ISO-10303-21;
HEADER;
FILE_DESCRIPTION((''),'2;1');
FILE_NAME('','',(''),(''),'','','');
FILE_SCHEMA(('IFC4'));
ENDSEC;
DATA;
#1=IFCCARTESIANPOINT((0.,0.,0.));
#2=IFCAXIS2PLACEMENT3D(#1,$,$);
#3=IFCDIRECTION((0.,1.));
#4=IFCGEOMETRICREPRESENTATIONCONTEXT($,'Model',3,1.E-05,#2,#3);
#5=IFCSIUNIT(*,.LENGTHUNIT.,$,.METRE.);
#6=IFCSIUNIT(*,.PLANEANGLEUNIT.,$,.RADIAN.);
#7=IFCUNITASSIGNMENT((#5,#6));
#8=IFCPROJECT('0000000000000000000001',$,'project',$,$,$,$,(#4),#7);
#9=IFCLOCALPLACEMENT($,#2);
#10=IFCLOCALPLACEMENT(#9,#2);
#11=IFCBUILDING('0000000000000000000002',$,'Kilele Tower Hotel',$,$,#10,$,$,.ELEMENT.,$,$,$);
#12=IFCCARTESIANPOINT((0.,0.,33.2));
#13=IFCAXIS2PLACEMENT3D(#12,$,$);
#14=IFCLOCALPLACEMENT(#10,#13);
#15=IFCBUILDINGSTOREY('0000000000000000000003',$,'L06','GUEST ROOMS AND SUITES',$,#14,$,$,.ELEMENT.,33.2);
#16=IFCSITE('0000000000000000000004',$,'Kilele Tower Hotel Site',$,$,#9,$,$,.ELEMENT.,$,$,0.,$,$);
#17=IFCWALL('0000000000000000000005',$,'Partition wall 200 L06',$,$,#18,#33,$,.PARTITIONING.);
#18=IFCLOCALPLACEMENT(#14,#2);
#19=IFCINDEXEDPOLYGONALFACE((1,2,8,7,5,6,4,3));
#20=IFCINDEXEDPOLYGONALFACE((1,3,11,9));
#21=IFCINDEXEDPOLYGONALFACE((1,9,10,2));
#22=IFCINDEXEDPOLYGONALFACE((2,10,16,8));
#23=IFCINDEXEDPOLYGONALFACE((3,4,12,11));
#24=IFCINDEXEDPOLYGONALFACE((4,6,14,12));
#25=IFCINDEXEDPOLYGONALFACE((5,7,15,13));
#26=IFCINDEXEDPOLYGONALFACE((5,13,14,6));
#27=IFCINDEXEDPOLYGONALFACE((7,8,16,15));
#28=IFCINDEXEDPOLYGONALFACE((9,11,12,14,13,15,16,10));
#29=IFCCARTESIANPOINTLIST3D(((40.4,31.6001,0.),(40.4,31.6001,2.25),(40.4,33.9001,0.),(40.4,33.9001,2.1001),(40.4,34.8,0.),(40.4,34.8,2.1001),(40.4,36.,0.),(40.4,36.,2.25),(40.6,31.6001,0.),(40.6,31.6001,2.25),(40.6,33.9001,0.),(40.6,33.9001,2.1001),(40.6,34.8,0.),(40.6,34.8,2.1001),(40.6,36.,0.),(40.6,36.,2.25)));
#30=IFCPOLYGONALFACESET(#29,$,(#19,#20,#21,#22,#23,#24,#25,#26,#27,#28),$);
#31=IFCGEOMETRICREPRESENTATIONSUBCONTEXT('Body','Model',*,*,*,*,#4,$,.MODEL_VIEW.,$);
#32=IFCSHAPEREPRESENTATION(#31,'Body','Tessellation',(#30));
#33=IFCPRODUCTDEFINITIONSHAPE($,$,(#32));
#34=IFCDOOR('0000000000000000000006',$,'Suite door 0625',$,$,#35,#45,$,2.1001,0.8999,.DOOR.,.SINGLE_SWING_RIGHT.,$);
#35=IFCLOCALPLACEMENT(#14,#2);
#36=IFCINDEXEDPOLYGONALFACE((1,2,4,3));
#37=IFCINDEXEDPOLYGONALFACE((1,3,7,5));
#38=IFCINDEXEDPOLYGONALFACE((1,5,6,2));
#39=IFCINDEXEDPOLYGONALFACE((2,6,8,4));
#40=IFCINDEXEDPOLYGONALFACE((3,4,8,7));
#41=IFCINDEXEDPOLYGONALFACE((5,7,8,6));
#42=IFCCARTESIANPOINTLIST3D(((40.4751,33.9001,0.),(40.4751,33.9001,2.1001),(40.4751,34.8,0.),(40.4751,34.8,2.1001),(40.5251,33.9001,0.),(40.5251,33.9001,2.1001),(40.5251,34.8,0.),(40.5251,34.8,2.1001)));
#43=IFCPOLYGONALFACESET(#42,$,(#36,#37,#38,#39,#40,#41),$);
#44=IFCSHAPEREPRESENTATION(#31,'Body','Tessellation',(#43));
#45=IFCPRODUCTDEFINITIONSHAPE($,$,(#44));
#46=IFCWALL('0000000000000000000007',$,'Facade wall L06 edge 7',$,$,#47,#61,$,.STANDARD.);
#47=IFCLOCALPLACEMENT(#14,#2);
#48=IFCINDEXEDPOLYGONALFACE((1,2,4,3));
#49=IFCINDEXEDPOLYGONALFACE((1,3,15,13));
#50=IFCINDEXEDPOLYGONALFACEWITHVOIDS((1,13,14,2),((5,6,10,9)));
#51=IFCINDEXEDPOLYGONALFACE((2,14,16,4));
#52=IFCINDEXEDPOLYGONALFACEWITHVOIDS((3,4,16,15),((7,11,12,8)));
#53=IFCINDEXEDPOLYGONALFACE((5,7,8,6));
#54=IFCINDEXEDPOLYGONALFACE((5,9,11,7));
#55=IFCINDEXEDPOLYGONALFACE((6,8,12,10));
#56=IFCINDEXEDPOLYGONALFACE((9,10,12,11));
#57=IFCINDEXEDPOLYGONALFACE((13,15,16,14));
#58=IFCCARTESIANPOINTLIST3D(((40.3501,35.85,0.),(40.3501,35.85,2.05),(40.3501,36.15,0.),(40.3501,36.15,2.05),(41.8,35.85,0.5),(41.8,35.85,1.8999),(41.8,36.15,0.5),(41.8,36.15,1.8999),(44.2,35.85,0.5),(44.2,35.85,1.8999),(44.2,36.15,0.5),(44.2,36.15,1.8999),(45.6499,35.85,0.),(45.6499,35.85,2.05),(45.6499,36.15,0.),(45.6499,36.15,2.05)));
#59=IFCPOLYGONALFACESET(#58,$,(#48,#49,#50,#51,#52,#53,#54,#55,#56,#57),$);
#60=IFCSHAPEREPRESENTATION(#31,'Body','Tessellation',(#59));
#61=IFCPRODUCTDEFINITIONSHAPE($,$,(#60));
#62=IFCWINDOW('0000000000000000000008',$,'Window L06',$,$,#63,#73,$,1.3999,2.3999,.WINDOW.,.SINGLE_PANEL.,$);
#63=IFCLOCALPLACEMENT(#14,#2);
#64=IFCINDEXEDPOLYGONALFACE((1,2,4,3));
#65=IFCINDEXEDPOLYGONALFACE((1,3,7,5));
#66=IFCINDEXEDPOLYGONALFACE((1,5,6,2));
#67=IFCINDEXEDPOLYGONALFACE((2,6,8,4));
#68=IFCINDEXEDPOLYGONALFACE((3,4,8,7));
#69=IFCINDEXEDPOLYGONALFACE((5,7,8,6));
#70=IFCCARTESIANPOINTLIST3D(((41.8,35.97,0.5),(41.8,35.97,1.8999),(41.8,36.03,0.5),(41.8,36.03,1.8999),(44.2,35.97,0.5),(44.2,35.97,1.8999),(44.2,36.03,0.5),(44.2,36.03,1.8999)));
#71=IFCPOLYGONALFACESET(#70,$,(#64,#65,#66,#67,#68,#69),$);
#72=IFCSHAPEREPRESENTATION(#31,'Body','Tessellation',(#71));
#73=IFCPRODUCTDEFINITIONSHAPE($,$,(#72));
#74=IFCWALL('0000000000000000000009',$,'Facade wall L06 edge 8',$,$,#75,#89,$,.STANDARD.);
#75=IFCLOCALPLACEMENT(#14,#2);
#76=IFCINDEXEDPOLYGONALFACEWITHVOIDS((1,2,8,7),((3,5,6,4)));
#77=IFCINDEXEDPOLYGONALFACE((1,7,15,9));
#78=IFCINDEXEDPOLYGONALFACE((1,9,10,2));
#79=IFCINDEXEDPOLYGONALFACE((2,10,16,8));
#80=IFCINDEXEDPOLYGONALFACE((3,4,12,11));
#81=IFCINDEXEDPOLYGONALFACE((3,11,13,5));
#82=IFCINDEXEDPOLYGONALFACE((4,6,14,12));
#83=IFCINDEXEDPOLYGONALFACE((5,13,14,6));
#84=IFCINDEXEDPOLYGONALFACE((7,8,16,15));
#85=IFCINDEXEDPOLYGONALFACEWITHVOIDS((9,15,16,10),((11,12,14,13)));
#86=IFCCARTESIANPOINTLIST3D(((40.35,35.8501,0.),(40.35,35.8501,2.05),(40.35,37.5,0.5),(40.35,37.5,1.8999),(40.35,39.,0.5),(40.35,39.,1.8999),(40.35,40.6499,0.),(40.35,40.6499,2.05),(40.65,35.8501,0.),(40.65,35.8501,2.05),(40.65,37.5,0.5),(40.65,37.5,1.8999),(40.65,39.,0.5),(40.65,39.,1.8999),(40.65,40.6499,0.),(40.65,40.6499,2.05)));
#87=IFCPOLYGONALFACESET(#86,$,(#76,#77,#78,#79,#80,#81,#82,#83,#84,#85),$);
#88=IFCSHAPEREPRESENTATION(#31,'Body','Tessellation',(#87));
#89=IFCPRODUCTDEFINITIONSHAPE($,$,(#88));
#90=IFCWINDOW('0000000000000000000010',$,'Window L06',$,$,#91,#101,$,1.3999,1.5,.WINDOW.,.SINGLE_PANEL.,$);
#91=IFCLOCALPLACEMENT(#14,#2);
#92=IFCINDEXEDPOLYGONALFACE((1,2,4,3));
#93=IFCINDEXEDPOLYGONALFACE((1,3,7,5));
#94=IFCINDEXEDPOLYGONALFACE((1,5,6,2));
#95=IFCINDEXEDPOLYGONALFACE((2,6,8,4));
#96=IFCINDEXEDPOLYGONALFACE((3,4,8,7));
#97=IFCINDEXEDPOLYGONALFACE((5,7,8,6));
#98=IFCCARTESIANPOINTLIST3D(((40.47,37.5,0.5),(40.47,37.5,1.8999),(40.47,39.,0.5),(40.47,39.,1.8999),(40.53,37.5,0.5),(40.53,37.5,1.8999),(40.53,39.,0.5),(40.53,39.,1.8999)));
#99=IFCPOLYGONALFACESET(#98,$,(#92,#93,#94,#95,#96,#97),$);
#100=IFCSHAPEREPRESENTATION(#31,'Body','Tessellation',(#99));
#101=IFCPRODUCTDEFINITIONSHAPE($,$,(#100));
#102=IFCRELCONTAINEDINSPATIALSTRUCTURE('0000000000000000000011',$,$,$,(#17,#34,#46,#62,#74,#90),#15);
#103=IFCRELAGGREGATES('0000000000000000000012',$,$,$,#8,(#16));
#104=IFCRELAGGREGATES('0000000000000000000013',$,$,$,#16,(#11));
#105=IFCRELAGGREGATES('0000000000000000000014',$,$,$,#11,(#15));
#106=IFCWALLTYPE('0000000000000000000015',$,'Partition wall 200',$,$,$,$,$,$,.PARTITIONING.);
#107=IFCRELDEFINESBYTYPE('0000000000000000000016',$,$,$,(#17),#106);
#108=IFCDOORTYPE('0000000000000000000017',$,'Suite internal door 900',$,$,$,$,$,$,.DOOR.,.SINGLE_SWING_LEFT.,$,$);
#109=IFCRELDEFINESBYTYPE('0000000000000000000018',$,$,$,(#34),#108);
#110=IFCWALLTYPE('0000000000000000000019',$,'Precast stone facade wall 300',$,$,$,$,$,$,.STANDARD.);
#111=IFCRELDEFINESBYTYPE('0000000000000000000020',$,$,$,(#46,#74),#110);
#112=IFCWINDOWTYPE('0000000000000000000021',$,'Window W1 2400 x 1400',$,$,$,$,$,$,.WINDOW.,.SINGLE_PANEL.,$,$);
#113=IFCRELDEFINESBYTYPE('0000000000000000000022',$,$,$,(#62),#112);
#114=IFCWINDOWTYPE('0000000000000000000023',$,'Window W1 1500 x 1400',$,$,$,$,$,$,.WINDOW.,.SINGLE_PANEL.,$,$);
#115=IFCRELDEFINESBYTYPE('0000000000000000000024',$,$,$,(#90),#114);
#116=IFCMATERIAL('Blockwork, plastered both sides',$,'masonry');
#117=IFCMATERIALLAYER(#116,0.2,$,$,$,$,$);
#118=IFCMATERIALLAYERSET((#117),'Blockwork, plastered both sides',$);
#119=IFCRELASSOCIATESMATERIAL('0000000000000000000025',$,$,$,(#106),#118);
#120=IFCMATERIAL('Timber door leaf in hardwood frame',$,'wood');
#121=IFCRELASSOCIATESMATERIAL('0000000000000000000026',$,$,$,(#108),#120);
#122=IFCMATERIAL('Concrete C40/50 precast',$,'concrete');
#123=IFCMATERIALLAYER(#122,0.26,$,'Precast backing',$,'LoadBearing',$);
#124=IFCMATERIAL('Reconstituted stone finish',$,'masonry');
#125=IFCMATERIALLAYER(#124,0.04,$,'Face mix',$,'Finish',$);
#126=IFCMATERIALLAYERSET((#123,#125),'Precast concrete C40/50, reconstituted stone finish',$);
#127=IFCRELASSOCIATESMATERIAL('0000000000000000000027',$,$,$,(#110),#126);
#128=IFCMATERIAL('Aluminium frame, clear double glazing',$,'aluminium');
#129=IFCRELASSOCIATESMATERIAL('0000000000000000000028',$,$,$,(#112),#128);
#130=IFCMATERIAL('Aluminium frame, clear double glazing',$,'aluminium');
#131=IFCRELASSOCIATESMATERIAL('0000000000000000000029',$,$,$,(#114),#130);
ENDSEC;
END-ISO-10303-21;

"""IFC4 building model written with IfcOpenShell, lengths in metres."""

from ifc_helpers import new_model, si_unit, direction, frame, frame_2d, origin, place, context, subcontext, project, spatial, rectangle, extrude, material, layer, layer_set, type_object, element, fill, save


model = new_model("IFC4")

# Units and contexts
model_context = context("Model", 3, precision=1e-05, world=origin(), true_north=direction((0.0, 1.0)))
body_context = subcontext(model_context, "Body", "Model", "MODEL_VIEW")
ifc_project = project(units=[si_unit("LENGTHUNIT", "METRE"), si_unit("PLANEANGLEUNIT", "RADIAN")], contexts=[model_context])

# Site, building, storey
site_placement = place(None, origin())
site = spatial("IfcSite", under=ifc_project, at=site_placement, Name="Kilele Tower Hotel Site", CompositionType="ELEMENT", RefElevation=0.0)
building_placement = place(site_placement, origin())
building = spatial("IfcBuilding", under=site, at=building_placement, Name="Kilele Tower Hotel", CompositionType="ELEMENT")
storey_placement = place(building_placement, frame((0.0, 0.0, 33.2)))
storey = spatial("IfcBuildingStorey", under=building, at=storey_placement, Name="L06", Description="GUEST ROOMS AND SUITES", CompositionType="ELEMENT", Elevation=33.2)

# Wall, opening, door
ifc_material_1 = material(Name="Blockwork, plastered both sides", Category="masonry")
ifc_layer_1 = layer(ifc_material_1, 0.2)
ifc_layer_set_1 = layer_set([ifc_layer_1], Name="Blockwork, plastered both sides")
wall_type_1 = type_object("IfcWallType", Name="Partition wall 200", PredefinedType="PARTITIONING", material=ifc_layer_set_1)
wall_1_placement = place(storey_placement, frame((40.5, 31.6001, 0.0), z_axis=(0.0, 0.0, 1.0), x_axis=(0.0, 1.0, 0.0)))
wall_1 = element("IfcWall", 1, at=wall_1_placement, inside=storey, type_object=wall_type_1, Name="Partition wall 200 L06", PredefinedType="PARTITIONING", context=body_context, shape_type="SweptSolid", body=[
    extrude(rectangle(XDim=4.3999, YDim=0.2, at=frame_2d((2.2, 0.0))), origin(), (0.0, 0.0, 1.0), 2.25),
])
opening_1_placement = place(wall_1_placement, frame((2.3, 0.0, 0.0)))
opening_1 = element("IfcOpeningElement", 2, at=opening_1_placement, cuts=wall_1, PredefinedType="OPENING", context=body_context, shape_type="SweptSolid", body=[
    extrude(rectangle(XDim=0.8999, YDim=2.1001, at=frame_2d((0.45, 1.05))), frame((0.0, 0.1099, 0.0), z_axis=(0.0, -1.0, 0.0), x_axis=(1.0, 0.0, 0.0)), (0.0, 0.0, 1.0), 0.22),
])
ifc_material_2 = material(Name="Timber door leaf in hardwood frame", Category="wood")
door_type_1 = type_object("IfcDoorType", Name="Suite internal door 900", OperationType="SINGLE_SWING_LEFT", PredefinedType="DOOR", material=ifc_material_2)
door_1_placement = place(opening_1_placement, origin())
door_1 = element("IfcDoor", 3, at=door_1_placement, inside=storey, type_object=door_type_1, Name="Suite door 0625", OperationType="SINGLE_SWING_RIGHT", OverallHeight=2.1001, OverallWidth=0.8999, PredefinedType="DOOR", context=body_context, shape_type="SweptSolid", body=[
    extrude(rectangle(XDim=0.8999, YDim=2.1001, at=frame_2d((0.45, 1.05))), frame((0.0, 0.0249, 0.0), z_axis=(0.0, -1.0, 0.0), x_axis=(1.0, 0.0, 0.0)), (0.0, 0.0, 1.0), 0.05),
])
fill(opening_1, door_1)

# Walls, openings, windows
ifc_material_3 = material(Name="Concrete C40/50 precast", Category="concrete")
ifc_layer_2 = layer(ifc_material_3, 0.26, Name="Precast backing", Category="LoadBearing")
ifc_material_4 = material(Name="Reconstituted stone finish", Category="masonry")
ifc_layer_3 = layer(ifc_material_4, 0.04, Name="Face mix", Category="Finish")
ifc_layer_set_2 = layer_set([ifc_layer_2, ifc_layer_3], Name="Precast concrete C40/50, reconstituted stone finish")
wall_type_2 = type_object("IfcWallType", Name="Precast stone facade wall 300", PredefinedType="STANDARD", material=ifc_layer_set_2)
wall_2_placement = place(storey_placement, frame((45.6499, 36.0, 0.0), z_axis=(0.0, 0.0, 1.0), x_axis=(-1.0, 0.0, 0.0)))
wall_2 = element("IfcWall", 4, at=wall_2_placement, inside=storey, type_object=wall_type_2, Name="Facade wall L06 edge 7", PredefinedType="STANDARD", context=body_context, shape_type="SweptSolid", body=[
    extrude(rectangle(XDim=5.2998, YDim=0.3, at=frame_2d((2.6499, 0.0))), origin(), (0.0, 0.0, 1.0), 2.05),
])
opening_2_placement = place(wall_2_placement, frame((1.45, 0.0, 0.5)))
opening_2 = element("IfcOpeningElement", 5, at=opening_2_placement, cuts=wall_2, PredefinedType="OPENING", context=body_context, shape_type="SweptSolid", body=[
    extrude(rectangle(XDim=2.3999, YDim=1.3999, at=frame_2d((1.2, 0.7))), frame((0.0, 0.1599, 0.0), z_axis=(0.0, -1.0, 0.0), x_axis=(1.0, 0.0, 0.0)), (0.0, 0.0, 1.0), 0.3201),
])
ifc_material_5 = material(Name="Aluminium frame, clear double glazing", Category="aluminium")
window_type_1 = type_object("IfcWindowType", Name="Window W1 2400 x 1400", PartitioningType="SINGLE_PANEL", PredefinedType="WINDOW", material=ifc_material_5)
window_1_placement = place(opening_2_placement, origin())
window_1 = element("IfcWindow", 6, at=window_1_placement, inside=storey, type_object=window_type_1, Name="Window L06", OverallHeight=1.3999, OverallWidth=2.3999, PartitioningType="SINGLE_PANEL", PredefinedType="WINDOW", context=body_context, shape_type="SweptSolid", body=[
    extrude(rectangle(XDim=2.3999, YDim=1.3999, at=frame_2d((1.2, 0.7))), frame((0.0, 0.03, 0.0), z_axis=(0.0, -1.0, 0.0), x_axis=(1.0, 0.0, 0.0)), (0.0, 0.0, 1.0), 0.0601),
])
fill(opening_2, window_1)
wall_3_placement = place(storey_placement, frame((40.5, 35.8501, 0.0), z_axis=(0.0, 0.0, 1.0), x_axis=(0.0, 1.0, 0.0)))
wall_3 = element("IfcWall", 7, at=wall_3_placement, inside=storey, type_object=wall_type_2, Name="Facade wall L06 edge 8", PredefinedType="STANDARD", context=body_context, shape_type="SweptSolid", body=[
    extrude(rectangle(XDim=4.7998, YDim=0.3, at=frame_2d((2.3999, 0.0))), origin(), (0.0, 0.0, 1.0), 2.05),
])
opening_3_placement = place(wall_3_placement, frame((1.6499, 0.0, 0.5)))
opening_3 = element("IfcOpeningElement", 8, at=opening_3_placement, cuts=wall_3, PredefinedType="OPENING", context=body_context, shape_type="SweptSolid", body=[
    extrude(rectangle(XDim=1.5, YDim=1.3999, at=frame_2d((0.75, 0.7))), frame((0.0, 0.1599, 0.0), z_axis=(0.0, -1.0, 0.0), x_axis=(1.0, 0.0, 0.0)), (0.0, 0.0, 1.0), 0.3201),
])
ifc_material_6 = material(Name="Aluminium frame, clear double glazing", Category="aluminium")
window_type_2 = type_object("IfcWindowType", Name="Window W1 1500 x 1400", PartitioningType="SINGLE_PANEL", PredefinedType="WINDOW", material=ifc_material_6)
window_2_placement = place(opening_3_placement, origin())
window_2 = element("IfcWindow", 9, at=window_2_placement, inside=storey, type_object=window_type_2, Name="Window L06", OverallHeight=1.3999, OverallWidth=1.5, PartitioningType="SINGLE_PANEL", PredefinedType="WINDOW", context=body_context, shape_type="SweptSolid", body=[
    extrude(rectangle(XDim=1.5, YDim=1.3999, at=frame_2d((0.75, 0.7))), frame((0.0, 0.03, 0.0), z_axis=(0.0, -1.0, 0.0), x_axis=(1.0, 0.0, 0.0)), (0.0, 0.0, 1.0), 0.0601),
])
fill(opening_3, window_2)

save(model, "model.ifc")
